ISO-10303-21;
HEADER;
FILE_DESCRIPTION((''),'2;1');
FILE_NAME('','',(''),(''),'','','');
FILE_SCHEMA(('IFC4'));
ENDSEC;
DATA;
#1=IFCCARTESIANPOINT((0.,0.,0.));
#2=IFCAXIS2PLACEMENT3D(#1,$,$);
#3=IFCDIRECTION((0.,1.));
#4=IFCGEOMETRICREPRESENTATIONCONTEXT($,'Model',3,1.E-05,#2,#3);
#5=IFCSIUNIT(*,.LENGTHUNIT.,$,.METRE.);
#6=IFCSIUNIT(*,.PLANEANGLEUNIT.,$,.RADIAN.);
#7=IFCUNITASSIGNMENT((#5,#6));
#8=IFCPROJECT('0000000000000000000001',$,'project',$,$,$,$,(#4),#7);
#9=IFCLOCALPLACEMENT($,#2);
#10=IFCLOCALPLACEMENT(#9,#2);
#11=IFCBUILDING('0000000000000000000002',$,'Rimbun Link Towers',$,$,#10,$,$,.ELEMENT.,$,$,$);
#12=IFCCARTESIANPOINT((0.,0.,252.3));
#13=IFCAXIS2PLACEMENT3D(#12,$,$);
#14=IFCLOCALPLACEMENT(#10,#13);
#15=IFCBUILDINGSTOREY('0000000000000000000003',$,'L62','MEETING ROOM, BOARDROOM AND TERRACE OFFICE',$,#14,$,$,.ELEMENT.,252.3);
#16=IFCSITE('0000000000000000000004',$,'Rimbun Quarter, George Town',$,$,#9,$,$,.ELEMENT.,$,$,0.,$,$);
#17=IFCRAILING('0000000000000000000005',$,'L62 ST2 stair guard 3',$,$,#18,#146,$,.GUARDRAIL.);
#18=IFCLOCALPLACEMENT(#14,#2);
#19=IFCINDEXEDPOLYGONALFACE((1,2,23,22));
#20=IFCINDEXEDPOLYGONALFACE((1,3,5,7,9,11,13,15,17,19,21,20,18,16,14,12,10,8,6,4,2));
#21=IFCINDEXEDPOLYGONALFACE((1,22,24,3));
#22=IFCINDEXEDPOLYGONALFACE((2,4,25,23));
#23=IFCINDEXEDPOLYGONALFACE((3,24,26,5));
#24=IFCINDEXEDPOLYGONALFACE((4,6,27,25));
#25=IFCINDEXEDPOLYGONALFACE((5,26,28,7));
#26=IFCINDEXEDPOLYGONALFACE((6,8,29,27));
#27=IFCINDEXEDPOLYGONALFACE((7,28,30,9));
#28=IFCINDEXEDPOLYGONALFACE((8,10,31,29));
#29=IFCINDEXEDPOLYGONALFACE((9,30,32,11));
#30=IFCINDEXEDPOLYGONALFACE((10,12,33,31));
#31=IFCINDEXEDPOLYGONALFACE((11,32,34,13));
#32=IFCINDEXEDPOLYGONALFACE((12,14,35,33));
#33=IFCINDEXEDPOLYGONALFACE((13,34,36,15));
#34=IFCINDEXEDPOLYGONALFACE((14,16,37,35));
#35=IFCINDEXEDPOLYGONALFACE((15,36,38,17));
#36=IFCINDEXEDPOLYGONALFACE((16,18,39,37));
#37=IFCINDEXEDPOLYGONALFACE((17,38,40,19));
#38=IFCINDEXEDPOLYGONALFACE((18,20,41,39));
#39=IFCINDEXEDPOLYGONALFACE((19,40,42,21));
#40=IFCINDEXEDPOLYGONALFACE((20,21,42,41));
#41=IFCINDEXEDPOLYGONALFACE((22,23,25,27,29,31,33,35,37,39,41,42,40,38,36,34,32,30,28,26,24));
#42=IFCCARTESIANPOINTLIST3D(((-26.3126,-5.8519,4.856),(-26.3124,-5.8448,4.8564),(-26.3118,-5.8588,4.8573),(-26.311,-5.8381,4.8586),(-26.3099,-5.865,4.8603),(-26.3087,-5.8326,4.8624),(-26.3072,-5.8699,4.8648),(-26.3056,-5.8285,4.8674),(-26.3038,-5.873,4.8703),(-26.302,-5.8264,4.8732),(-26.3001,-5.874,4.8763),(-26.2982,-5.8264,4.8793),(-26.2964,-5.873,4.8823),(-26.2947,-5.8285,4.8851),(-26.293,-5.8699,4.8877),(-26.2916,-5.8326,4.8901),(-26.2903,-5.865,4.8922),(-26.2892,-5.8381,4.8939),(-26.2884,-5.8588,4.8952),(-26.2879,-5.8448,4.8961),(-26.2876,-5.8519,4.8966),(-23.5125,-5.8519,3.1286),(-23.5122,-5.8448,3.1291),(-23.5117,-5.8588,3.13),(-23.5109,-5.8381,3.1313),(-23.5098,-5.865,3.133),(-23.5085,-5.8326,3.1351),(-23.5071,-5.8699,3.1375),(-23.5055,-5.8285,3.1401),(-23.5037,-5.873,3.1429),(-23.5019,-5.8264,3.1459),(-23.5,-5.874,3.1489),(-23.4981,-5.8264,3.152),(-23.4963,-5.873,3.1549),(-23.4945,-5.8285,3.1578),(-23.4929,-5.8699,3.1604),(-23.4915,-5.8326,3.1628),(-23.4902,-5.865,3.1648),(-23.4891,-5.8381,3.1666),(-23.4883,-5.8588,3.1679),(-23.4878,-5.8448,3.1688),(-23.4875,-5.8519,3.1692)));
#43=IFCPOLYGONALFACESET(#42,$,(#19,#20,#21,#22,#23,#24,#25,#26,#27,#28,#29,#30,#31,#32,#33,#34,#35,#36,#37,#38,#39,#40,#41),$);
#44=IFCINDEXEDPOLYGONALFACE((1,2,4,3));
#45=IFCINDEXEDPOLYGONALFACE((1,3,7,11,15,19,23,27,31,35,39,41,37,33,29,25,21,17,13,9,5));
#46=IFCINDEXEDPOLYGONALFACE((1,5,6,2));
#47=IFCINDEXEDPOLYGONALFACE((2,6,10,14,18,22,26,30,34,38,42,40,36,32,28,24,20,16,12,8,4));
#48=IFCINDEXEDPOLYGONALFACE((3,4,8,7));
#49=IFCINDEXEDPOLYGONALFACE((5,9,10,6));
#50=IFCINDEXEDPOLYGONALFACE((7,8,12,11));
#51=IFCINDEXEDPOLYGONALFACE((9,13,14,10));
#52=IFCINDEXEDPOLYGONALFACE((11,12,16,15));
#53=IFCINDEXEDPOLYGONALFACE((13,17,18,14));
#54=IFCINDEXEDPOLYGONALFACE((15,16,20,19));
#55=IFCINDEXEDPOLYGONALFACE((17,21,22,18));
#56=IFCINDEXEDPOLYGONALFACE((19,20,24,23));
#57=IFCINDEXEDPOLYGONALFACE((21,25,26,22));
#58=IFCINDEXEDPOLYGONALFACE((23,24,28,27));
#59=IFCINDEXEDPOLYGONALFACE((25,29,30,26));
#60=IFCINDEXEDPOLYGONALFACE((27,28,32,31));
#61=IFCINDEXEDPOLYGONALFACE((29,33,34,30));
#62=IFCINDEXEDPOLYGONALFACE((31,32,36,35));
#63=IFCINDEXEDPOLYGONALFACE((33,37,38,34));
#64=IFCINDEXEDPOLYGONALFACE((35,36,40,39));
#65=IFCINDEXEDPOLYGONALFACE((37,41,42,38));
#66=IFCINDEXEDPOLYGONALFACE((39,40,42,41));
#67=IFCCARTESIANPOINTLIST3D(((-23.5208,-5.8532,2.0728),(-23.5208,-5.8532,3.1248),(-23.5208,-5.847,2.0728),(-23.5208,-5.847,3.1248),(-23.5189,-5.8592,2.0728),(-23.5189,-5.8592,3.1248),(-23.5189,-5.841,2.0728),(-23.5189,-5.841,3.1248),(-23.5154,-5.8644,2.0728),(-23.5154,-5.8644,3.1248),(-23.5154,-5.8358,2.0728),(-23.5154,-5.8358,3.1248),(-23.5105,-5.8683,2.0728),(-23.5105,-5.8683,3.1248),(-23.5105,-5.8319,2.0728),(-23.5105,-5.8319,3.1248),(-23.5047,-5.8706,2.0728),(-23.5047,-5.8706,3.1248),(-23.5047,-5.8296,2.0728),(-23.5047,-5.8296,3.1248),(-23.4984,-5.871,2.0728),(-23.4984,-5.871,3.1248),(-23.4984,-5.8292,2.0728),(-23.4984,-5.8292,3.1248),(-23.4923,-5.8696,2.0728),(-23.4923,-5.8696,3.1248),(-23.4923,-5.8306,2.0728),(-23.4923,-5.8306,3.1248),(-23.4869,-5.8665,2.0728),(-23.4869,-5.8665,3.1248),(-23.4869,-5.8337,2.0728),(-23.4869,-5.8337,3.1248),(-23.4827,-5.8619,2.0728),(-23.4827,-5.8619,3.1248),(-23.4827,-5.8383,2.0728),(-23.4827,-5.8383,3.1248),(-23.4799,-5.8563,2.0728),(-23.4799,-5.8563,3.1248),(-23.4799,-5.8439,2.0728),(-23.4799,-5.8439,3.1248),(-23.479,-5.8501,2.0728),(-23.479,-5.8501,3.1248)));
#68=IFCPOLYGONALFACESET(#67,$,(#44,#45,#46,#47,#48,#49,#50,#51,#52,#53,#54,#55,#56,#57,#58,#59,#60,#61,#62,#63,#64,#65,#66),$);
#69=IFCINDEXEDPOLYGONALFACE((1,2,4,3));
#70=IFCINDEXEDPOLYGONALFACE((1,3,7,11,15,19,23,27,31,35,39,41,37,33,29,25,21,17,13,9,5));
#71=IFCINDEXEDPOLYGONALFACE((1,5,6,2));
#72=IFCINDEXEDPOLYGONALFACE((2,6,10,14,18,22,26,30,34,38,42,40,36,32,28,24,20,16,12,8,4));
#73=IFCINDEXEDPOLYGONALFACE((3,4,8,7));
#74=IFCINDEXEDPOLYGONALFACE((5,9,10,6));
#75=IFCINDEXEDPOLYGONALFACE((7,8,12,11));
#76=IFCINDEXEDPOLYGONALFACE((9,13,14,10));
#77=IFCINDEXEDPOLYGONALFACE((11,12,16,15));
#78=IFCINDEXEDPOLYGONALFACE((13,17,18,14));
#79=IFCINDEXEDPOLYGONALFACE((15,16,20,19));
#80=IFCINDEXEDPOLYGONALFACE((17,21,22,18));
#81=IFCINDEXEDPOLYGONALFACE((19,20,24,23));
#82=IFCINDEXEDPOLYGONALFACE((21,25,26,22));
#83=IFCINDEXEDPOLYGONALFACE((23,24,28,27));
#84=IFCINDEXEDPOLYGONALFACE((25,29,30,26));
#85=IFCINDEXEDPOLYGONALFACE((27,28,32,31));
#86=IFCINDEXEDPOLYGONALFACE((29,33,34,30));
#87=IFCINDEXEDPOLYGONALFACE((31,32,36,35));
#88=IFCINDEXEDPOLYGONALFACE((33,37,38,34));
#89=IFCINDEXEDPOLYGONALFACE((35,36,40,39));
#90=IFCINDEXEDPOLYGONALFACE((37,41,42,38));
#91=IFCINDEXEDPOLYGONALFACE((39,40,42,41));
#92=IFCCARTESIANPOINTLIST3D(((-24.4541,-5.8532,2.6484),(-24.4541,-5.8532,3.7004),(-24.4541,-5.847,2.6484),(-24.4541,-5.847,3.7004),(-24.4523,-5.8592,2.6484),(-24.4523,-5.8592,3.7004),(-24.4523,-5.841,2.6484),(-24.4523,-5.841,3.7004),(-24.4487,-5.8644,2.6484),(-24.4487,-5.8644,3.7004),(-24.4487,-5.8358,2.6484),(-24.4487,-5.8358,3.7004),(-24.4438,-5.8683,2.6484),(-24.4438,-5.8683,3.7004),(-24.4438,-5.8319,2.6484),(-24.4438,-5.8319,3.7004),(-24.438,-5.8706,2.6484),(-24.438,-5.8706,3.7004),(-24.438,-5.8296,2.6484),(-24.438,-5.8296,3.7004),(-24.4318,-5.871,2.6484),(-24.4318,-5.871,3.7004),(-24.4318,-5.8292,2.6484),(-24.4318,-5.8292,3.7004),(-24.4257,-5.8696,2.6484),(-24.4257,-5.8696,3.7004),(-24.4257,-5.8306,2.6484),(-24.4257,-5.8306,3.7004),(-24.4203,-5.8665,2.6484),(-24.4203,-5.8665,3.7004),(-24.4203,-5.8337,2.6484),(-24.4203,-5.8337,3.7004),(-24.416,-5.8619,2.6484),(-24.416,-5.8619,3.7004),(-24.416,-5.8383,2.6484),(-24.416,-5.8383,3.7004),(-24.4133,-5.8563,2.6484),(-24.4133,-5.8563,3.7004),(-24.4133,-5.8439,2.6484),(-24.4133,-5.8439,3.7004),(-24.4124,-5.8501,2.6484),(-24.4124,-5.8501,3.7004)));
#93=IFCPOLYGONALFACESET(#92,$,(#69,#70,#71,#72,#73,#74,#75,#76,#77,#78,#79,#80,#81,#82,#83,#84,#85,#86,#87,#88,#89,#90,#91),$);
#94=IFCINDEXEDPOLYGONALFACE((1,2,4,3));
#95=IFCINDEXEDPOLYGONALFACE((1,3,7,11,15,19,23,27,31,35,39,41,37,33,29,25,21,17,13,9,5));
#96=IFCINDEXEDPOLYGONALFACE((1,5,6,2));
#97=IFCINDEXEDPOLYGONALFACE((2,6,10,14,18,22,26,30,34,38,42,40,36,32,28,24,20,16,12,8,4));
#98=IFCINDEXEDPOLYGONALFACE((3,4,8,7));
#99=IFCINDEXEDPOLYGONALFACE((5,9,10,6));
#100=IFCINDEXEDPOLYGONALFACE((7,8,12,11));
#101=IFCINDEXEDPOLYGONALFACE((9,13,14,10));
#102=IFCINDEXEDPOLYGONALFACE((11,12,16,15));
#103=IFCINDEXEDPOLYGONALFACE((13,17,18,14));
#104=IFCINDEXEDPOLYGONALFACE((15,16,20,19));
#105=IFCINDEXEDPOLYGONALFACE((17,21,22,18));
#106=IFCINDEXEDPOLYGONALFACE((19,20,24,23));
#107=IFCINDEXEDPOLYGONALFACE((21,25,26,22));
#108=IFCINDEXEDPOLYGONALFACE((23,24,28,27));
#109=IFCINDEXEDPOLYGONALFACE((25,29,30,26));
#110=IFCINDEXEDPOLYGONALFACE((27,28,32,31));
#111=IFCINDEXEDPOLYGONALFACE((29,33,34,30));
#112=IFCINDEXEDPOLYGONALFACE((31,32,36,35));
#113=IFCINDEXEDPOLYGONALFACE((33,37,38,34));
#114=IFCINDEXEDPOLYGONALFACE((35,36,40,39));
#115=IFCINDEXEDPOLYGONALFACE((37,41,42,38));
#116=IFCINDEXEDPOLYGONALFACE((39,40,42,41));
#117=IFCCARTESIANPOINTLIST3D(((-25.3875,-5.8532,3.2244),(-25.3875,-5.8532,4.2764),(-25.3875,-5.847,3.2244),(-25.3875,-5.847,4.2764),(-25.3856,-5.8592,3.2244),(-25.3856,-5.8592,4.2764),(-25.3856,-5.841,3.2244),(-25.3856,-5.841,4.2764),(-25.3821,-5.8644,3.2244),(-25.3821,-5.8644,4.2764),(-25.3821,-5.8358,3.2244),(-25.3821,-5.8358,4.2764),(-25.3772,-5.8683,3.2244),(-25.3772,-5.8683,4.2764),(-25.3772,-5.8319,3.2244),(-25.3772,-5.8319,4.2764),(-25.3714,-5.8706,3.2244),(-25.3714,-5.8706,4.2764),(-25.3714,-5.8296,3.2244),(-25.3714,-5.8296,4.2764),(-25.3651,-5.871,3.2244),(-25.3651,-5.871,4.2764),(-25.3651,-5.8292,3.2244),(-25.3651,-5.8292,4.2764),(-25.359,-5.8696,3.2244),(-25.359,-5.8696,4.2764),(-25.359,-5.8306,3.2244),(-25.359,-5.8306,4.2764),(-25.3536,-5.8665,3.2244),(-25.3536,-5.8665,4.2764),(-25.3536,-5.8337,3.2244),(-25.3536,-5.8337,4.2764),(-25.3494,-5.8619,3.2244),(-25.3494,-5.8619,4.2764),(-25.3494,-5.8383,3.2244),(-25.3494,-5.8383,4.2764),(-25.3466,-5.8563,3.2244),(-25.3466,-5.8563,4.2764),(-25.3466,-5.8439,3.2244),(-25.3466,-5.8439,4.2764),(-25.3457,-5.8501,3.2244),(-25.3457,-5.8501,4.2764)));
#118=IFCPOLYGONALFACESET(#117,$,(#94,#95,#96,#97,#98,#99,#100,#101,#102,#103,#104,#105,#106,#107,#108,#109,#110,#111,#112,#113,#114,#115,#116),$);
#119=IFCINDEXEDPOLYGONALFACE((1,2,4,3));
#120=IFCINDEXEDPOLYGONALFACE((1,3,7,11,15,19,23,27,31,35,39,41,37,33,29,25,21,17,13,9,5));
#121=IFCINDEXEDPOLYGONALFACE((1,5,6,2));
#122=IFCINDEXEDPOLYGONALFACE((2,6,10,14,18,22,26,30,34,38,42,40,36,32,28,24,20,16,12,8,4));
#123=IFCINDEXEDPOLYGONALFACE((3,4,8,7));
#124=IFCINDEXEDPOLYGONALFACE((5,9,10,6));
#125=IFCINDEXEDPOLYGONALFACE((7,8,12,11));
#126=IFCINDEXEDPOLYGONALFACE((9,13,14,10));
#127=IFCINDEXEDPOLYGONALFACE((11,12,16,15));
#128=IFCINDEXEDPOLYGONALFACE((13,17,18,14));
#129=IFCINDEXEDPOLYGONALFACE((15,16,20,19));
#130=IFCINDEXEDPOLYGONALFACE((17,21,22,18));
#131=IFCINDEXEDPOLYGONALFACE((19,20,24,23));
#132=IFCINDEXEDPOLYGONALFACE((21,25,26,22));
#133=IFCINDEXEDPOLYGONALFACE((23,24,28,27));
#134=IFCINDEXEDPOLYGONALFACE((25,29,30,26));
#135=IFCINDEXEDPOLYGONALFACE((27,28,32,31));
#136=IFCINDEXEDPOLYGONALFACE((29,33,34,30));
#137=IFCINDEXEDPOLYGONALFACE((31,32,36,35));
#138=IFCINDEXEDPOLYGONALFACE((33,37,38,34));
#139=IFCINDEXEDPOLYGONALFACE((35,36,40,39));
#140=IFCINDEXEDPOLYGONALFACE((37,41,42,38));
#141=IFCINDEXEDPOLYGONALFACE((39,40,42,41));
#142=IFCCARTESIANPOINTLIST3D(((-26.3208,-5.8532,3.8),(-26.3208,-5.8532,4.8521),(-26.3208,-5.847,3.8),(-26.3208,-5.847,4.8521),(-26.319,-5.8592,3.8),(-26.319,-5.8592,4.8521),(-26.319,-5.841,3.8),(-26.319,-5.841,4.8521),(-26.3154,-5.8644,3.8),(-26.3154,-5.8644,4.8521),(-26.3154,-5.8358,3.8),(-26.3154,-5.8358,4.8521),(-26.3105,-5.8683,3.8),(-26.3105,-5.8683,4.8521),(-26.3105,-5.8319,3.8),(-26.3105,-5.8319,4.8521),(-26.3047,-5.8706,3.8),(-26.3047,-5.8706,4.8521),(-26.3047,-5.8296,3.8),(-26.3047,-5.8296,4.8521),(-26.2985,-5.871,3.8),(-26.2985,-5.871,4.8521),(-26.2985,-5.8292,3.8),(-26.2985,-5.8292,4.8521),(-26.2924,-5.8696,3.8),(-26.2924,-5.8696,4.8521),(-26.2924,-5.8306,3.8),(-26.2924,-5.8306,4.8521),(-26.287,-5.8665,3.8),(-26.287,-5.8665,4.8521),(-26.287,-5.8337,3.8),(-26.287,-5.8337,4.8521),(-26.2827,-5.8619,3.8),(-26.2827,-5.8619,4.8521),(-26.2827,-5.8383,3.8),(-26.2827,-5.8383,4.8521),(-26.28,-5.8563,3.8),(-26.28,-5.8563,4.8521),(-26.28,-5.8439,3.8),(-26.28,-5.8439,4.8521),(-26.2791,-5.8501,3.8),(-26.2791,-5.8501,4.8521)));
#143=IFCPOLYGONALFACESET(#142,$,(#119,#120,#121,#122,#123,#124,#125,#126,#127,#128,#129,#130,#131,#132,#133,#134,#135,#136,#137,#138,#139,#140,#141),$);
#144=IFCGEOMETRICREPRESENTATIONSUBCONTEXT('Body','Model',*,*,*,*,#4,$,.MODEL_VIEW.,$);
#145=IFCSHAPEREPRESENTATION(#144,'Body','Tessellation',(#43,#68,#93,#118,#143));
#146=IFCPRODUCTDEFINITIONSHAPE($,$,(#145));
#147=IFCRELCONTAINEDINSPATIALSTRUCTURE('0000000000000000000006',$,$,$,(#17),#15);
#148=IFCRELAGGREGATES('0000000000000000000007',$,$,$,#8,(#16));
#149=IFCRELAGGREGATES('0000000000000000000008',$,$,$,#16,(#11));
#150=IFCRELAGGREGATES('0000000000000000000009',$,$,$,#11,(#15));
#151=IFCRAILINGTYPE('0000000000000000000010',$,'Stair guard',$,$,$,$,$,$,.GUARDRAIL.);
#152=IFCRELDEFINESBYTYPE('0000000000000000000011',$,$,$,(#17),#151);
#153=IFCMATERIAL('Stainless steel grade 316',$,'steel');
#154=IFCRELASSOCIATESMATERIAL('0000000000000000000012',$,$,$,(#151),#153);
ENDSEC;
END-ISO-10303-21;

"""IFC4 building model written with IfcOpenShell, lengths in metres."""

from ifc_helpers import new_model, si_unit, direction, frame, origin, origin_2d, place, context, subcontext, project, spatial, circle, extrude, material, type_object, element, save


model = new_model("IFC4")

# Units and contexts
model_context = context("Model", 3, precision=1e-05, world=origin(), true_north=direction((0.0, 1.0)))
body_context = subcontext(model_context, "Body", "Model", "MODEL_VIEW")
ifc_project = project(units=[si_unit("LENGTHUNIT", "METRE"), si_unit("PLANEANGLEUNIT", "RADIAN")], contexts=[model_context])

# Site, building, storey
site_placement = place(None, origin())
site = spatial("IfcSite", under=ifc_project, at=site_placement, Name="Rimbun Quarter, George Town", CompositionType="ELEMENT", RefElevation=0.0)
building_placement = place(site_placement, origin())
building = spatial("IfcBuilding", under=site, at=building_placement, Name="Rimbun Link Towers", CompositionType="ELEMENT")
storey_placement = place(building_placement, frame((0.0, 0.0, 252.3)))
storey = spatial("IfcBuildingStorey", under=building, at=storey_placement, Name="L62", Description="MEETING ROOM, BOARDROOM AND TERRACE OFFICE", CompositionType="ELEMENT", Elevation=252.3)

# Railing
ifc_material_1 = material(Name="Stainless steel grade 316", Category="steel")
railing_type_1 = type_object("IfcRailingType", Name="Stair guard", PredefinedType="GUARDRAIL", material=ifc_material_1)
railing_1_placement = place(storey_placement, frame((-23.5, -5.8501, 2.0728)))
element("IfcRailing", 1, at=railing_1_placement, inside=storey, type_object=railing_type_1, Name="L62 ST2 stair guard 3", PredefinedType="GUARDRAIL", context=body_context, shape_type="SweptSolid", body=[
    extrude(circle(Radius=0.0239, at=origin_2d()), frame((0.0, 0.0, 1.0762), z_axis=(-0.85109, 0.0, 0.52502), x_axis=(0.0, -1.0, 0.0)), (0.0, 0.0, 1.0), 3.29),
    extrude(circle(Radius=0.021, at=origin_2d()), origin(), (0.0, 0.0, 1.0), 1.052),
    extrude(circle(Radius=0.021, at=origin_2d()), frame((-0.9333, 0.0, 0.5757)), (0.0, 0.0, 1.0), 1.052),
    extrude(circle(Radius=0.021, at=origin_2d()), frame((-1.8667, 0.0, 1.1516)), (0.0, 0.0, 1.0), 1.052),
    extrude(circle(Radius=0.021, at=origin_2d()), frame((-2.8, 0.0, 1.7273)), (0.0, 0.0, 1.0), 1.052),
])

save(model, "model.ifc")
